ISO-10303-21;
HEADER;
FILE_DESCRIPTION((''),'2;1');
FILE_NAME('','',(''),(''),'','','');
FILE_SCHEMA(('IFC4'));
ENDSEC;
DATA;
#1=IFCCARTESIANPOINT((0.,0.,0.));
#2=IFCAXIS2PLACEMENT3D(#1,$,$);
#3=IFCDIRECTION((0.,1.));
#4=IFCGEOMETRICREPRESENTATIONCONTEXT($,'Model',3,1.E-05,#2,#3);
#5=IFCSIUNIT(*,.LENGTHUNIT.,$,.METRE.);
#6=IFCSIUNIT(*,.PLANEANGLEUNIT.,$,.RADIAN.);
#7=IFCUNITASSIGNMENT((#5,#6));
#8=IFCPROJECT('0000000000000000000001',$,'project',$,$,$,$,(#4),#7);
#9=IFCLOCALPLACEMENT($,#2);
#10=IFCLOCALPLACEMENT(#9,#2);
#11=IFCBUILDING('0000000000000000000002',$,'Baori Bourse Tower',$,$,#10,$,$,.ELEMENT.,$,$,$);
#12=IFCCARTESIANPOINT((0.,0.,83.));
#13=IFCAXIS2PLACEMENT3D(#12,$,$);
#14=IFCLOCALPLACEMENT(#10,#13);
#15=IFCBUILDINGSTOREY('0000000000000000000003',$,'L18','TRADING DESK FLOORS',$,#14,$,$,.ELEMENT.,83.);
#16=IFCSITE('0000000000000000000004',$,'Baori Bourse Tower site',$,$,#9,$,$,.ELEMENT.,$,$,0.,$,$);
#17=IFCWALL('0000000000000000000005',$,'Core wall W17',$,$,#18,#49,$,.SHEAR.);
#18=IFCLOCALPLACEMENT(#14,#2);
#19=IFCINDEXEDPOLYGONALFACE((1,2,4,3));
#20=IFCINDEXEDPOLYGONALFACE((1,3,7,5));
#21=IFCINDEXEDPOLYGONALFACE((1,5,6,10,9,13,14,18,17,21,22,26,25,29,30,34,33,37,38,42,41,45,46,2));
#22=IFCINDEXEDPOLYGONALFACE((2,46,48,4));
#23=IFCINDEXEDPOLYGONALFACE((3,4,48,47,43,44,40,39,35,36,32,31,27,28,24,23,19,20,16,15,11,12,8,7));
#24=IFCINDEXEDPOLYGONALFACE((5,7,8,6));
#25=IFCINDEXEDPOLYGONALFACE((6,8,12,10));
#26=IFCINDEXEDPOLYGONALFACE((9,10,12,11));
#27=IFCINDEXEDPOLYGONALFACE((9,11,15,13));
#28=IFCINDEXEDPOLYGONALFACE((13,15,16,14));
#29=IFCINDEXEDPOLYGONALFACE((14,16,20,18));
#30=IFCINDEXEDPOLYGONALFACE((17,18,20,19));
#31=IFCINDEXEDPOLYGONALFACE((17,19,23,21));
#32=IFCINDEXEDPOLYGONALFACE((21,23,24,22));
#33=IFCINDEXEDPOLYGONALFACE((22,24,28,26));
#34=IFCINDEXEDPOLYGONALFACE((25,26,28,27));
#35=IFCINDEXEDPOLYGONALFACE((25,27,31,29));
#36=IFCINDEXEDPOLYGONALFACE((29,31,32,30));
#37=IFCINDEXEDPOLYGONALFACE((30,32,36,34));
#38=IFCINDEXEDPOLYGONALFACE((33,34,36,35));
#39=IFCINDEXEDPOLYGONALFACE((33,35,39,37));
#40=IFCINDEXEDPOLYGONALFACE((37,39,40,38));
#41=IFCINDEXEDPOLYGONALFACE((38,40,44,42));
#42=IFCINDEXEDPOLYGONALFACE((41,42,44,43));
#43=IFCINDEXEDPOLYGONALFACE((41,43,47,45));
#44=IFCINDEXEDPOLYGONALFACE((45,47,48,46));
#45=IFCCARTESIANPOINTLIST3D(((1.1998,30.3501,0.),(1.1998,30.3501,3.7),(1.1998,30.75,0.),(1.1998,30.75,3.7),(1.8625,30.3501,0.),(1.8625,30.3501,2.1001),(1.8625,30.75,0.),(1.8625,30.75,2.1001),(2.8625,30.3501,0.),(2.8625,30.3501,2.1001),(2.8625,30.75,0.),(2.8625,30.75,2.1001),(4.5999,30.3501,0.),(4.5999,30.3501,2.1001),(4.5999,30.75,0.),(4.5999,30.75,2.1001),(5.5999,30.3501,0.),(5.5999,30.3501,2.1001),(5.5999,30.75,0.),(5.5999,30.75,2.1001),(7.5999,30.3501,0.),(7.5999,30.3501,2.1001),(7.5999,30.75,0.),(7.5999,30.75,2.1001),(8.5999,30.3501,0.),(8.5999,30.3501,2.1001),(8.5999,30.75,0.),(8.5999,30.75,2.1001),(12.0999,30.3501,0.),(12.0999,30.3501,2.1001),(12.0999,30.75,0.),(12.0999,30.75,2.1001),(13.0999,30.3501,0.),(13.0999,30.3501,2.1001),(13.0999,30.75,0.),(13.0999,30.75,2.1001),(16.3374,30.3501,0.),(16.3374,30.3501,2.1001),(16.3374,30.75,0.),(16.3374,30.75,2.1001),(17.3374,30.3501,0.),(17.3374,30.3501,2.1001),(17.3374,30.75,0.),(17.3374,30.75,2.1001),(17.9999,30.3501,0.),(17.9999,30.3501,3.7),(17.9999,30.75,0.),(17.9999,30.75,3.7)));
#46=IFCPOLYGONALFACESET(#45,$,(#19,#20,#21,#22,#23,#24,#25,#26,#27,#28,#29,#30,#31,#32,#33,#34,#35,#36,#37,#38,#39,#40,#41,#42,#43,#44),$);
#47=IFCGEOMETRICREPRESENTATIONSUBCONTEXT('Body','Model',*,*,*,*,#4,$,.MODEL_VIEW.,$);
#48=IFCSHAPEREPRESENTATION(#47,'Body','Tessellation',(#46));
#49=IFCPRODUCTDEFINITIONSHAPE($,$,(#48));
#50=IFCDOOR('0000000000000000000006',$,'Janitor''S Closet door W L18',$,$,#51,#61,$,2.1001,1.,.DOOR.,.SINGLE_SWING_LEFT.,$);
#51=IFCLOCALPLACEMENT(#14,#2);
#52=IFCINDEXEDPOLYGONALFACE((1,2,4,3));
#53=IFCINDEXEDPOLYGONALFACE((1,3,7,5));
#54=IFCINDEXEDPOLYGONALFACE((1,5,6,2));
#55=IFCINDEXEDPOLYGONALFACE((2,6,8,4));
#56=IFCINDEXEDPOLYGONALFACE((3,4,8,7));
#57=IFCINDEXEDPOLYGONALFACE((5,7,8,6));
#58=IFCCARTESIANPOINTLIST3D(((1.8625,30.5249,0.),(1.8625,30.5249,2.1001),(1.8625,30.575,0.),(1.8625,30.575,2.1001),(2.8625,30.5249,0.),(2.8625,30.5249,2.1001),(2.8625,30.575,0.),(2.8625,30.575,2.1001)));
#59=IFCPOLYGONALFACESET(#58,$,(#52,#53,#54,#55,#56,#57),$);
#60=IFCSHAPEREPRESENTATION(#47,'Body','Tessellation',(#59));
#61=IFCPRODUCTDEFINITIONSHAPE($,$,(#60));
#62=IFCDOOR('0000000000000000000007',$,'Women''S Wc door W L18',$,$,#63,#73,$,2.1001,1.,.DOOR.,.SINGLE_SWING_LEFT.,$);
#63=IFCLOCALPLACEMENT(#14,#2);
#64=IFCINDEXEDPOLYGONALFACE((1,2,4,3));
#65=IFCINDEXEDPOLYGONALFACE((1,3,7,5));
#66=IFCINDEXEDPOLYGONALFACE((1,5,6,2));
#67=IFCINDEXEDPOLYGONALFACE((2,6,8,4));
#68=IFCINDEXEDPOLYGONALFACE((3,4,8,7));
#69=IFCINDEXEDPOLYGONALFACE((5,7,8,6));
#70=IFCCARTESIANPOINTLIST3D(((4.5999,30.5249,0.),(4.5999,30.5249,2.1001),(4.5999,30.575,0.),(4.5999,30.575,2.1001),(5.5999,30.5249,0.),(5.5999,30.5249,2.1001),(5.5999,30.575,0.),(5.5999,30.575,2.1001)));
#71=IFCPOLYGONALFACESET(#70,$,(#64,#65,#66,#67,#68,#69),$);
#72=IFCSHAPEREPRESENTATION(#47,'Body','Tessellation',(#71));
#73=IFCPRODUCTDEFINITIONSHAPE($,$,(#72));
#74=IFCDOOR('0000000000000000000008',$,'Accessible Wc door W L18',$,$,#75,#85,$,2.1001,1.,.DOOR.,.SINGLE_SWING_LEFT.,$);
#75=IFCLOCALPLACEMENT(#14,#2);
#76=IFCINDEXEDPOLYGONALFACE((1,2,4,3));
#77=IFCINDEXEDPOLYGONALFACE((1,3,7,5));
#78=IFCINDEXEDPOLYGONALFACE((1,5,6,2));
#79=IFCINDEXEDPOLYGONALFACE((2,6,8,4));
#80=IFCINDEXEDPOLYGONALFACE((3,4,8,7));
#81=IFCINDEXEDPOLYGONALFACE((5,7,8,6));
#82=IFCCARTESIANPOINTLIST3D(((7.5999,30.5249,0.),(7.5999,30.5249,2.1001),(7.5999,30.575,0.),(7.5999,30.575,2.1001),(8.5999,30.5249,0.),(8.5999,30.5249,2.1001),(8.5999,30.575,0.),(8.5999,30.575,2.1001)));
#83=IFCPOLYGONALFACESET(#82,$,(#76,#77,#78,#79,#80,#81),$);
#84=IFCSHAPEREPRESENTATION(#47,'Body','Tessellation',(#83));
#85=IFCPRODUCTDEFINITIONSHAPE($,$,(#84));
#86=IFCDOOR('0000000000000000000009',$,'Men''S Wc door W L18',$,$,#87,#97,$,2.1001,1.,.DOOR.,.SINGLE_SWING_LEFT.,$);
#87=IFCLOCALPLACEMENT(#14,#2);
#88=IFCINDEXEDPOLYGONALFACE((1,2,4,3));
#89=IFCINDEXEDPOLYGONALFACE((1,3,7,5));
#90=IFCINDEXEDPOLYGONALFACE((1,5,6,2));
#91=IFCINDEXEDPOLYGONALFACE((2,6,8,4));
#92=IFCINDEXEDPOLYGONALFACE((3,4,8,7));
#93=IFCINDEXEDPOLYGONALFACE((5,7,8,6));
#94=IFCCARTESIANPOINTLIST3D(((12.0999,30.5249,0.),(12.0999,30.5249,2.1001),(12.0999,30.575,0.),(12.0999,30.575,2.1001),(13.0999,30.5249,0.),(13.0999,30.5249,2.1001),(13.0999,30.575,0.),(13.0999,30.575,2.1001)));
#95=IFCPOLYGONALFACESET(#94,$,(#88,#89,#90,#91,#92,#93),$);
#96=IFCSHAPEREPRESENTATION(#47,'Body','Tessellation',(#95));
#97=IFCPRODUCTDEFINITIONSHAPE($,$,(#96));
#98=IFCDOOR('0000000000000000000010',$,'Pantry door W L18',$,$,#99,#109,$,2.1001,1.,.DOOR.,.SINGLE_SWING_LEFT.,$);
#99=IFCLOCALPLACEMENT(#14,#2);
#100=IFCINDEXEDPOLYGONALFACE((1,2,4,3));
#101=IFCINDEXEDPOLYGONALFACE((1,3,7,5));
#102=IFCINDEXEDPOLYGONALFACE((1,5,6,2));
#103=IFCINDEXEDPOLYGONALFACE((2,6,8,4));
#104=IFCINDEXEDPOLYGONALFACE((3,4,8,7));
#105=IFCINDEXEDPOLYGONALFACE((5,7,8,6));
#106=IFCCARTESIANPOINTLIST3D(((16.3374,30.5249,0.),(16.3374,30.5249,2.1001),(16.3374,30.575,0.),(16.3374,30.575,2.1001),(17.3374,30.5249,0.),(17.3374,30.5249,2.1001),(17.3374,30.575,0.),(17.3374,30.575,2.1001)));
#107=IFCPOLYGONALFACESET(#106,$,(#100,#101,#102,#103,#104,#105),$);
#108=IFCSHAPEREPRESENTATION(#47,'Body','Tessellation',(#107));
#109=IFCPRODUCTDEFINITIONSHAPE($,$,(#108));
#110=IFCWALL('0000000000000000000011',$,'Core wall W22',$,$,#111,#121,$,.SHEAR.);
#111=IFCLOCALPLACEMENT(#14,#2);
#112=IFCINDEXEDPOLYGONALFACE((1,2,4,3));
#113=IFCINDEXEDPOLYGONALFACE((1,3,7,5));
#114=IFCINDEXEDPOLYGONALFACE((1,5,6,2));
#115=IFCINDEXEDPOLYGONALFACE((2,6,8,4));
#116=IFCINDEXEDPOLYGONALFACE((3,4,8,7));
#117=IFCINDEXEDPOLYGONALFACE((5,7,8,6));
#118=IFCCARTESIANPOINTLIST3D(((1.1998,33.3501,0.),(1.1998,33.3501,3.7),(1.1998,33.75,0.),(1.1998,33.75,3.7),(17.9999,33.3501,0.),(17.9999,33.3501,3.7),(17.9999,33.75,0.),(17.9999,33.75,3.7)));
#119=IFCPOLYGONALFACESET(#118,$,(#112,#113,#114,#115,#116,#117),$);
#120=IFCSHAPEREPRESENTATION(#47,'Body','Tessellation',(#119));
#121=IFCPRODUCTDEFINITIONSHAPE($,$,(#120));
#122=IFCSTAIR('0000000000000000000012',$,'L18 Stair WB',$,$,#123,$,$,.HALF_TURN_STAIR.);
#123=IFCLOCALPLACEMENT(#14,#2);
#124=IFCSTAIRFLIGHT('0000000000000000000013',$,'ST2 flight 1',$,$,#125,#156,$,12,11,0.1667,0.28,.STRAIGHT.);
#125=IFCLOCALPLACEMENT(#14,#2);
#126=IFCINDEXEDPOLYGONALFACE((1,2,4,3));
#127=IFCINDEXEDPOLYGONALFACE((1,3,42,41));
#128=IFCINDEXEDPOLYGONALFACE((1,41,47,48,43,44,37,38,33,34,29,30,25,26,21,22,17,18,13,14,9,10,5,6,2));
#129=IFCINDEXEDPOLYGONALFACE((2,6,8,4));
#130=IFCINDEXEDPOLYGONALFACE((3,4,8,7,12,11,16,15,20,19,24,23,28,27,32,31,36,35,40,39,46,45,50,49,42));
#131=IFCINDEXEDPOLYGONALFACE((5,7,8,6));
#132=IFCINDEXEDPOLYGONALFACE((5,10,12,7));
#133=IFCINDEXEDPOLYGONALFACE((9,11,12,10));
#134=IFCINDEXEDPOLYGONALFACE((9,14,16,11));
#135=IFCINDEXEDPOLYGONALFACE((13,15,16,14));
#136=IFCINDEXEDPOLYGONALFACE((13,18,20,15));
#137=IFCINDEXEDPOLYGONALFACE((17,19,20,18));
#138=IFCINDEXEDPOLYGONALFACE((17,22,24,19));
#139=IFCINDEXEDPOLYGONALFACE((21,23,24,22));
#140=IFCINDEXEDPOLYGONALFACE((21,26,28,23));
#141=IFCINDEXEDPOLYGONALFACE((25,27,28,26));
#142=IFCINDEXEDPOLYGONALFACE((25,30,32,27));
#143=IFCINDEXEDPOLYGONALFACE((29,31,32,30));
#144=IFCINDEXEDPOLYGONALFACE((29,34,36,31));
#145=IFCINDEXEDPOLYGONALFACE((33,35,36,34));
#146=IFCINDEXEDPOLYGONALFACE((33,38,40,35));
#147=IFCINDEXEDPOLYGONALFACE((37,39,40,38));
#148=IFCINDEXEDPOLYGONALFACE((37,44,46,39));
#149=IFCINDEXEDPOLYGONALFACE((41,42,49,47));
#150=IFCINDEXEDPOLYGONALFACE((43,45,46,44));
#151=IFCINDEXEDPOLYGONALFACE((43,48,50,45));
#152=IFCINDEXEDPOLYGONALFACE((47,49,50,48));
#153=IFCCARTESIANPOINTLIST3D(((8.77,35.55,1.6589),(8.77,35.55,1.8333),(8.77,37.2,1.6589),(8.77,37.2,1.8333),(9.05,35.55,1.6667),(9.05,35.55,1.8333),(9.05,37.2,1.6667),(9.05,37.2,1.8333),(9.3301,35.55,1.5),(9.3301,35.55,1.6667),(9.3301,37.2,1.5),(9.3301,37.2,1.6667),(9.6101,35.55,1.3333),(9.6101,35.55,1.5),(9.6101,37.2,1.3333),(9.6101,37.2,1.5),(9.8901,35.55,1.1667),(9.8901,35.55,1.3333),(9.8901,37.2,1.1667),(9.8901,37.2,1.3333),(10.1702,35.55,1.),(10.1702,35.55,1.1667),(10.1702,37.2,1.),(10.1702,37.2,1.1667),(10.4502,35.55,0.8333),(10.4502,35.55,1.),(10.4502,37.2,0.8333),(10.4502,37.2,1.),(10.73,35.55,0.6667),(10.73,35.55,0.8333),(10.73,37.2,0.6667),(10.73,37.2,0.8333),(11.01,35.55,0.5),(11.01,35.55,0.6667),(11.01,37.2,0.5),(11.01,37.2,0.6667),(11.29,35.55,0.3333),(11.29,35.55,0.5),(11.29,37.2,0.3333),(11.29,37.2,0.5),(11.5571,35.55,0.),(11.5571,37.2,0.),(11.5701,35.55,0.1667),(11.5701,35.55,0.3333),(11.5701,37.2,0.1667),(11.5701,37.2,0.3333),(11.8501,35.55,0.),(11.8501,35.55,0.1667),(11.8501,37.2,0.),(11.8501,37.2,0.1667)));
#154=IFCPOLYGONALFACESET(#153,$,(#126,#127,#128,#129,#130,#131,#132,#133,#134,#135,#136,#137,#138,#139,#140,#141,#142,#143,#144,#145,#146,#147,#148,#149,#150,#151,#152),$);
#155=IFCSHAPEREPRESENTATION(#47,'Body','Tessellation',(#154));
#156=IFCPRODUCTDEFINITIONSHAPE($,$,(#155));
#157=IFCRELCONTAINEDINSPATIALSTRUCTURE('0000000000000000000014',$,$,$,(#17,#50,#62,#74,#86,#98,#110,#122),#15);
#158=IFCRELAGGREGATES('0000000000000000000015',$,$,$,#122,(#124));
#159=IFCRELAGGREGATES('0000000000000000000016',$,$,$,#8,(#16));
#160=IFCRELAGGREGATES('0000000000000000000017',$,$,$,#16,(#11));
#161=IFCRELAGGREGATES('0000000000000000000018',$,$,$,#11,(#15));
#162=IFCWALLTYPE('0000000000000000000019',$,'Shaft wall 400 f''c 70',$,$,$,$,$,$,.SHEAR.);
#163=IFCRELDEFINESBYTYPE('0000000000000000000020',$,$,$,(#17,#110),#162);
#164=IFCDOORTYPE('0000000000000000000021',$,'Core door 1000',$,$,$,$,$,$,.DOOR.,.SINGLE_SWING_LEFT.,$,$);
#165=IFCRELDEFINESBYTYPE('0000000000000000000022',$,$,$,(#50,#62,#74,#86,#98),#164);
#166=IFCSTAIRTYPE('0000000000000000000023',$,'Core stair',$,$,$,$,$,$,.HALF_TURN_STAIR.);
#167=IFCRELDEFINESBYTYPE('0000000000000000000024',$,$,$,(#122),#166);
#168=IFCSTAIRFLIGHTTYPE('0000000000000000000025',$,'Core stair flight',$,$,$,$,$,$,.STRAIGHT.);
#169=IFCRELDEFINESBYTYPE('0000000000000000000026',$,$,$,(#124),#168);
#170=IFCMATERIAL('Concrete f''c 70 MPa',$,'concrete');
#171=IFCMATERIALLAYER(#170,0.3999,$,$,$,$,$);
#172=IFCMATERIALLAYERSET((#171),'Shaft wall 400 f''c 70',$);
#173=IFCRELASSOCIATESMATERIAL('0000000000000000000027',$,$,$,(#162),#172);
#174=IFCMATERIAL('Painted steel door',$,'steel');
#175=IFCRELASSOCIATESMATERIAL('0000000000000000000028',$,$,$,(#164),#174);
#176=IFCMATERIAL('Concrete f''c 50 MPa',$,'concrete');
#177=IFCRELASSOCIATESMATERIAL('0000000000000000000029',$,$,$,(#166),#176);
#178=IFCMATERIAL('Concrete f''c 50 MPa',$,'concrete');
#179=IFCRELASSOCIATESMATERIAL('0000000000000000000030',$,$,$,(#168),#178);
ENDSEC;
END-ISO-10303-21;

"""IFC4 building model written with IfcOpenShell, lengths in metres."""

from ifc_helpers import new_model, si_unit, direction, frame, frame_2d, origin, place, context, subcontext, project, spatial, polyline, rectangle, outline, extrude, material, layer, layer_set, type_object, element, fill, aggregate, save


model = new_model("IFC4")

# Units and contexts
model_context = context("Model", 3, precision=1e-05, world=origin(), true_north=direction((0.0, 1.0)))
body_context = subcontext(model_context, "Body", "Model", "MODEL_VIEW")
ifc_project = project(units=[si_unit("LENGTHUNIT", "METRE"), si_unit("PLANEANGLEUNIT", "RADIAN")], contexts=[model_context])

# Site, building, storey
site_placement = place(None, origin())
site = spatial("IfcSite", under=ifc_project, at=site_placement, Name="Baori Bourse Tower site", CompositionType="ELEMENT", RefElevation=0.0)
building_placement = place(site_placement, origin())
building = spatial("IfcBuilding", under=site, at=building_placement, Name="Baori Bourse Tower", CompositionType="ELEMENT")
storey_placement = place(building_placement, frame((0.0, 0.0, 83.0)))
storey = spatial("IfcBuildingStorey", under=building, at=storey_placement, Name="L18", Description="TRADING DESK FLOORS", CompositionType="ELEMENT", Elevation=83.0)

# Shared definitions
ifc_material_1 = material(Name="Concrete f'c 70 MPa", Category="concrete")
ifc_layer_1 = layer(ifc_material_1, 0.3999)
ifc_layer_set_1 = layer_set([ifc_layer_1], Name="Shaft wall 400 f'c 70")
wall_type_1 = type_object("IfcWallType", Name="Shaft wall 400 f'c 70", PredefinedType="SHEAR", material=ifc_layer_set_1)

# Wall, openings, doors
wall_1_placement = place(storey_placement, frame((1.2, 30.55, 0.0), z_axis=(0.0, 0.0, 1.0), x_axis=(1.0, 0.0, 0.0)))
wall_1 = element("IfcWall", 1, at=wall_1_placement, inside=storey, type_object=wall_type_1, Name="Core wall W17", PredefinedType="SHEAR", context=body_context, shape_type="SweptSolid", body=[
    extrude(rectangle(XDim=16.8, YDim=0.3999, at=frame_2d((8.3999, 0.0))), origin(), (0.0, 0.0, 1.0), 3.7),
])
opening_1_placement = place(wall_1_placement, frame((0.6626, 0.0, 0.0)))
opening_1 = element("IfcOpeningElement", 2, at=opening_1_placement, cuts=wall_1, PredefinedType="OPENING", context=body_context, shape_type="SweptSolid", body=[
    extrude(rectangle(XDim=1.0, YDim=2.1001, at=frame_2d((0.5, 1.05))), frame((0.0, 0.21, 0.0), z_axis=(0.0, -1.0, 0.0), x_axis=(1.0, 0.0, 0.0)), (0.0, 0.0, 1.0), 0.4199),
])
opening_2_placement = place(wall_1_placement, frame((3.3999, 0.0, 0.0)))
opening_2 = element("IfcOpeningElement", 3, at=opening_2_placement, cuts=wall_1, PredefinedType="OPENING", context=body_context, shape_type="SweptSolid", body=[
    extrude(rectangle(XDim=1.0, YDim=2.1001, at=frame_2d((0.5, 1.05))), frame((0.0, 0.21, 0.0), z_axis=(0.0, -1.0, 0.0), x_axis=(1.0, 0.0, 0.0)), (0.0, 0.0, 1.0), 0.4199),
])
opening_3_placement = place(wall_1_placement, frame((6.3999, 0.0, 0.0)))
opening_3 = element("IfcOpeningElement", 4, at=opening_3_placement, cuts=wall_1, PredefinedType="OPENING", context=body_context, shape_type="SweptSolid", body=[
    extrude(rectangle(XDim=1.0, YDim=2.1001, at=frame_2d((0.5, 1.05))), frame((0.0, 0.21, 0.0), z_axis=(0.0, -1.0, 0.0), x_axis=(1.0, 0.0, 0.0)), (0.0, 0.0, 1.0), 0.4199),
])
opening_4_placement = place(wall_1_placement, frame((10.8999, 0.0, 0.0)))
opening_4 = element("IfcOpeningElement", 5, at=opening_4_placement, cuts=wall_1, PredefinedType="OPENING", context=body_context, shape_type="SweptSolid", body=[
    extrude(rectangle(XDim=1.0, YDim=2.1001, at=frame_2d((0.5, 1.05))), frame((0.0, 0.21, 0.0), z_axis=(0.0, -1.0, 0.0), x_axis=(1.0, 0.0, 0.0)), (0.0, 0.0, 1.0), 0.4199),
])
opening_5_placement = place(wall_1_placement, frame((15.1375, 0.0, 0.0)))
opening_5 = element("IfcOpeningElement", 6, at=opening_5_placement, cuts=wall_1, PredefinedType="OPENING", context=body_context, shape_type="SweptSolid", body=[
    extrude(rectangle(XDim=1.0, YDim=2.1001, at=frame_2d((0.5, 1.05))), frame((0.0, 0.21, 0.0), z_axis=(0.0, -1.0, 0.0), x_axis=(1.0, 0.0, 0.0)), (0.0, 0.0, 1.0), 0.4199),
])
ifc_material_2 = material(Name="Painted steel door", Category="steel")
door_type_1 = type_object("IfcDoorType", Name="Core door 1000", OperationType="SINGLE_SWING_LEFT", PredefinedType="DOOR", material=ifc_material_2)
door_1_placement = place(opening_1_placement, origin())
door_1 = element("IfcDoor", 7, at=door_1_placement, inside=storey, type_object=door_type_1, Name="Janitor'S Closet door W L18", OperationType="SINGLE_SWING_LEFT", OverallHeight=2.1001, OverallWidth=1.0, PredefinedType="DOOR", context=body_context, shape_type="SweptSolid", body=[
    extrude(rectangle(XDim=1.0, YDim=2.1001, at=frame_2d((0.5, 1.05))), frame((0.0, 0.0249, 0.0), z_axis=(0.0, -1.0, 0.0), x_axis=(1.0, 0.0, 0.0)), (0.0, 0.0, 1.0), 0.05),
])
fill(opening_1, door_1)
door_2_placement = place(opening_2_placement, origin())
door_2 = element("IfcDoor", 8, at=door_2_placement, inside=storey, type_object=door_type_1, Name="Women'S Wc door W L18", OperationType="SINGLE_SWING_LEFT", OverallHeight=2.1001, OverallWidth=1.0, PredefinedType="DOOR", context=body_context, shape_type="SweptSolid", body=[
    extrude(rectangle(XDim=1.0, YDim=2.1001, at=frame_2d((0.5, 1.05))), frame((0.0, 0.0249, 0.0), z_axis=(0.0, -1.0, 0.0), x_axis=(1.0, 0.0, 0.0)), (0.0, 0.0, 1.0), 0.05),
])
fill(opening_2, door_2)
door_3_placement = place(opening_3_placement, origin())
door_3 = element("IfcDoor", 9, at=door_3_placement, inside=storey, type_object=door_type_1, Name="Accessible Wc door W L18", OperationType="SINGLE_SWING_LEFT", OverallHeight=2.1001, OverallWidth=1.0, PredefinedType="DOOR", context=body_context, shape_type="SweptSolid", body=[
    extrude(rectangle(XDim=1.0, YDim=2.1001, at=frame_2d((0.5, 1.05))), frame((0.0, 0.0249, 0.0), z_axis=(0.0, -1.0, 0.0), x_axis=(1.0, 0.0, 0.0)), (0.0, 0.0, 1.0), 0.05),
])
fill(opening_3, door_3)
door_4_placement = place(opening_4_placement, origin())
door_4 = element("IfcDoor", 10, at=door_4_placement, inside=storey, type_object=door_type_1, Name="Men'S Wc door W L18", OperationType="SINGLE_SWING_LEFT", OverallHeight=2.1001, OverallWidth=1.0, PredefinedType="DOOR", context=body_context, shape_type="SweptSolid", body=[
    extrude(rectangle(XDim=1.0, YDim=2.1001, at=frame_2d((0.5, 1.05))), frame((0.0, 0.0249, 0.0), z_axis=(0.0, -1.0, 0.0), x_axis=(1.0, 0.0, 0.0)), (0.0, 0.0, 1.0), 0.05),
])
fill(opening_4, door_4)
door_5_placement = place(opening_5_placement, origin())
door_5 = element("IfcDoor", 11, at=door_5_placement, inside=storey, type_object=door_type_1, Name="Pantry door W L18", OperationType="SINGLE_SWING_LEFT", OverallHeight=2.1001, OverallWidth=1.0, PredefinedType="DOOR", context=body_context, shape_type="SweptSolid", body=[
    extrude(rectangle(XDim=1.0, YDim=2.1001, at=frame_2d((0.5, 1.05))), frame((0.0, 0.0249, 0.0), z_axis=(0.0, -1.0, 0.0), x_axis=(1.0, 0.0, 0.0)), (0.0, 0.0, 1.0), 0.05),
])
fill(opening_5, door_5)

# Wall
wall_2_placement = place(storey_placement, frame((1.2, 33.55, 0.0), z_axis=(0.0, 0.0, 1.0), x_axis=(1.0, 0.0, 0.0)))
element("IfcWall", 12, at=wall_2_placement, inside=storey, type_object=wall_type_1, Name="Core wall W22", PredefinedType="SHEAR", context=body_context, shape_type="SweptSolid", body=[
    extrude(rectangle(XDim=16.8, YDim=0.3999, at=frame_2d((8.3999, 0.0))), origin(), (0.0, 0.0, 1.0), 3.7),
])

# Stair, stair flight
ifc_material_3 = material(Name="Concrete f'c 50 MPa", Category="concrete")
stair_type = type_object("IfcStairType", Name="Core stair", PredefinedType="HALF_TURN_STAIR", material=ifc_material_3)
stair_placement = place(storey_placement, origin())
stair = element("IfcStair", 13, at=stair_placement, inside=storey, type_object=stair_type, Name="L18 Stair WB", PredefinedType="HALF_TURN_STAIR")
ifc_material_4 = material(Name="Concrete f'c 50 MPa", Category="concrete")
stair_flight_type = type_object("IfcStairFlightType", Name="Core stair flight", PredefinedType="STRAIGHT", material=ifc_material_4)
stair_flight_1_placement = place(storey_placement, frame((11.8501, 36.375, 0.0), z_axis=(0.0, 0.0, 1.0), x_axis=(-1.0, 0.0, 0.0)))
stair_flight_1 = element("IfcStairFlight", 14, at=stair_flight_1_placement, type_object=stair_flight_type, Name="ST2 flight 1", NumberOfRisers=12, NumberOfTreads=11, PredefinedType="STRAIGHT", RiserHeight=0.1667, TreadLength=0.28, context=body_context, shape_type="SweptSolid", body=[
    extrude(outline(polyline([(0.0, 0.0), (0.0, 0.1667), (0.28, 0.1667), (0.28, 0.3333), (0.5601, 0.3333), (0.5601, 0.5), (0.8401, 0.5), (0.8401, 0.6667), (1.1201, 0.6667), (1.1201, 0.8333), (1.3999, 0.8333), (1.3999, 1.0), (1.6799, 1.0), (1.6799, 1.1667), (1.96, 1.1667), (1.96, 1.3333), (2.24, 1.3333), (2.24, 1.5), (2.52, 1.5), (2.52, 1.6667), (2.8, 1.6667), (2.8, 1.8333), (3.0801, 1.8333), (3.0801, 2.0), (3.0801, 1.6589), (0.293, 0.0), (0.0, 0.0)])), frame((0.0, 0.825, 0.0), z_axis=(0.0, -1.0, 0.0), x_axis=(1.0, 0.0, 0.0)), (0.0, 0.0, 1.0), 1.6499),
])
aggregate(stair, [stair_flight_1])

save(model, "model.ifc")
